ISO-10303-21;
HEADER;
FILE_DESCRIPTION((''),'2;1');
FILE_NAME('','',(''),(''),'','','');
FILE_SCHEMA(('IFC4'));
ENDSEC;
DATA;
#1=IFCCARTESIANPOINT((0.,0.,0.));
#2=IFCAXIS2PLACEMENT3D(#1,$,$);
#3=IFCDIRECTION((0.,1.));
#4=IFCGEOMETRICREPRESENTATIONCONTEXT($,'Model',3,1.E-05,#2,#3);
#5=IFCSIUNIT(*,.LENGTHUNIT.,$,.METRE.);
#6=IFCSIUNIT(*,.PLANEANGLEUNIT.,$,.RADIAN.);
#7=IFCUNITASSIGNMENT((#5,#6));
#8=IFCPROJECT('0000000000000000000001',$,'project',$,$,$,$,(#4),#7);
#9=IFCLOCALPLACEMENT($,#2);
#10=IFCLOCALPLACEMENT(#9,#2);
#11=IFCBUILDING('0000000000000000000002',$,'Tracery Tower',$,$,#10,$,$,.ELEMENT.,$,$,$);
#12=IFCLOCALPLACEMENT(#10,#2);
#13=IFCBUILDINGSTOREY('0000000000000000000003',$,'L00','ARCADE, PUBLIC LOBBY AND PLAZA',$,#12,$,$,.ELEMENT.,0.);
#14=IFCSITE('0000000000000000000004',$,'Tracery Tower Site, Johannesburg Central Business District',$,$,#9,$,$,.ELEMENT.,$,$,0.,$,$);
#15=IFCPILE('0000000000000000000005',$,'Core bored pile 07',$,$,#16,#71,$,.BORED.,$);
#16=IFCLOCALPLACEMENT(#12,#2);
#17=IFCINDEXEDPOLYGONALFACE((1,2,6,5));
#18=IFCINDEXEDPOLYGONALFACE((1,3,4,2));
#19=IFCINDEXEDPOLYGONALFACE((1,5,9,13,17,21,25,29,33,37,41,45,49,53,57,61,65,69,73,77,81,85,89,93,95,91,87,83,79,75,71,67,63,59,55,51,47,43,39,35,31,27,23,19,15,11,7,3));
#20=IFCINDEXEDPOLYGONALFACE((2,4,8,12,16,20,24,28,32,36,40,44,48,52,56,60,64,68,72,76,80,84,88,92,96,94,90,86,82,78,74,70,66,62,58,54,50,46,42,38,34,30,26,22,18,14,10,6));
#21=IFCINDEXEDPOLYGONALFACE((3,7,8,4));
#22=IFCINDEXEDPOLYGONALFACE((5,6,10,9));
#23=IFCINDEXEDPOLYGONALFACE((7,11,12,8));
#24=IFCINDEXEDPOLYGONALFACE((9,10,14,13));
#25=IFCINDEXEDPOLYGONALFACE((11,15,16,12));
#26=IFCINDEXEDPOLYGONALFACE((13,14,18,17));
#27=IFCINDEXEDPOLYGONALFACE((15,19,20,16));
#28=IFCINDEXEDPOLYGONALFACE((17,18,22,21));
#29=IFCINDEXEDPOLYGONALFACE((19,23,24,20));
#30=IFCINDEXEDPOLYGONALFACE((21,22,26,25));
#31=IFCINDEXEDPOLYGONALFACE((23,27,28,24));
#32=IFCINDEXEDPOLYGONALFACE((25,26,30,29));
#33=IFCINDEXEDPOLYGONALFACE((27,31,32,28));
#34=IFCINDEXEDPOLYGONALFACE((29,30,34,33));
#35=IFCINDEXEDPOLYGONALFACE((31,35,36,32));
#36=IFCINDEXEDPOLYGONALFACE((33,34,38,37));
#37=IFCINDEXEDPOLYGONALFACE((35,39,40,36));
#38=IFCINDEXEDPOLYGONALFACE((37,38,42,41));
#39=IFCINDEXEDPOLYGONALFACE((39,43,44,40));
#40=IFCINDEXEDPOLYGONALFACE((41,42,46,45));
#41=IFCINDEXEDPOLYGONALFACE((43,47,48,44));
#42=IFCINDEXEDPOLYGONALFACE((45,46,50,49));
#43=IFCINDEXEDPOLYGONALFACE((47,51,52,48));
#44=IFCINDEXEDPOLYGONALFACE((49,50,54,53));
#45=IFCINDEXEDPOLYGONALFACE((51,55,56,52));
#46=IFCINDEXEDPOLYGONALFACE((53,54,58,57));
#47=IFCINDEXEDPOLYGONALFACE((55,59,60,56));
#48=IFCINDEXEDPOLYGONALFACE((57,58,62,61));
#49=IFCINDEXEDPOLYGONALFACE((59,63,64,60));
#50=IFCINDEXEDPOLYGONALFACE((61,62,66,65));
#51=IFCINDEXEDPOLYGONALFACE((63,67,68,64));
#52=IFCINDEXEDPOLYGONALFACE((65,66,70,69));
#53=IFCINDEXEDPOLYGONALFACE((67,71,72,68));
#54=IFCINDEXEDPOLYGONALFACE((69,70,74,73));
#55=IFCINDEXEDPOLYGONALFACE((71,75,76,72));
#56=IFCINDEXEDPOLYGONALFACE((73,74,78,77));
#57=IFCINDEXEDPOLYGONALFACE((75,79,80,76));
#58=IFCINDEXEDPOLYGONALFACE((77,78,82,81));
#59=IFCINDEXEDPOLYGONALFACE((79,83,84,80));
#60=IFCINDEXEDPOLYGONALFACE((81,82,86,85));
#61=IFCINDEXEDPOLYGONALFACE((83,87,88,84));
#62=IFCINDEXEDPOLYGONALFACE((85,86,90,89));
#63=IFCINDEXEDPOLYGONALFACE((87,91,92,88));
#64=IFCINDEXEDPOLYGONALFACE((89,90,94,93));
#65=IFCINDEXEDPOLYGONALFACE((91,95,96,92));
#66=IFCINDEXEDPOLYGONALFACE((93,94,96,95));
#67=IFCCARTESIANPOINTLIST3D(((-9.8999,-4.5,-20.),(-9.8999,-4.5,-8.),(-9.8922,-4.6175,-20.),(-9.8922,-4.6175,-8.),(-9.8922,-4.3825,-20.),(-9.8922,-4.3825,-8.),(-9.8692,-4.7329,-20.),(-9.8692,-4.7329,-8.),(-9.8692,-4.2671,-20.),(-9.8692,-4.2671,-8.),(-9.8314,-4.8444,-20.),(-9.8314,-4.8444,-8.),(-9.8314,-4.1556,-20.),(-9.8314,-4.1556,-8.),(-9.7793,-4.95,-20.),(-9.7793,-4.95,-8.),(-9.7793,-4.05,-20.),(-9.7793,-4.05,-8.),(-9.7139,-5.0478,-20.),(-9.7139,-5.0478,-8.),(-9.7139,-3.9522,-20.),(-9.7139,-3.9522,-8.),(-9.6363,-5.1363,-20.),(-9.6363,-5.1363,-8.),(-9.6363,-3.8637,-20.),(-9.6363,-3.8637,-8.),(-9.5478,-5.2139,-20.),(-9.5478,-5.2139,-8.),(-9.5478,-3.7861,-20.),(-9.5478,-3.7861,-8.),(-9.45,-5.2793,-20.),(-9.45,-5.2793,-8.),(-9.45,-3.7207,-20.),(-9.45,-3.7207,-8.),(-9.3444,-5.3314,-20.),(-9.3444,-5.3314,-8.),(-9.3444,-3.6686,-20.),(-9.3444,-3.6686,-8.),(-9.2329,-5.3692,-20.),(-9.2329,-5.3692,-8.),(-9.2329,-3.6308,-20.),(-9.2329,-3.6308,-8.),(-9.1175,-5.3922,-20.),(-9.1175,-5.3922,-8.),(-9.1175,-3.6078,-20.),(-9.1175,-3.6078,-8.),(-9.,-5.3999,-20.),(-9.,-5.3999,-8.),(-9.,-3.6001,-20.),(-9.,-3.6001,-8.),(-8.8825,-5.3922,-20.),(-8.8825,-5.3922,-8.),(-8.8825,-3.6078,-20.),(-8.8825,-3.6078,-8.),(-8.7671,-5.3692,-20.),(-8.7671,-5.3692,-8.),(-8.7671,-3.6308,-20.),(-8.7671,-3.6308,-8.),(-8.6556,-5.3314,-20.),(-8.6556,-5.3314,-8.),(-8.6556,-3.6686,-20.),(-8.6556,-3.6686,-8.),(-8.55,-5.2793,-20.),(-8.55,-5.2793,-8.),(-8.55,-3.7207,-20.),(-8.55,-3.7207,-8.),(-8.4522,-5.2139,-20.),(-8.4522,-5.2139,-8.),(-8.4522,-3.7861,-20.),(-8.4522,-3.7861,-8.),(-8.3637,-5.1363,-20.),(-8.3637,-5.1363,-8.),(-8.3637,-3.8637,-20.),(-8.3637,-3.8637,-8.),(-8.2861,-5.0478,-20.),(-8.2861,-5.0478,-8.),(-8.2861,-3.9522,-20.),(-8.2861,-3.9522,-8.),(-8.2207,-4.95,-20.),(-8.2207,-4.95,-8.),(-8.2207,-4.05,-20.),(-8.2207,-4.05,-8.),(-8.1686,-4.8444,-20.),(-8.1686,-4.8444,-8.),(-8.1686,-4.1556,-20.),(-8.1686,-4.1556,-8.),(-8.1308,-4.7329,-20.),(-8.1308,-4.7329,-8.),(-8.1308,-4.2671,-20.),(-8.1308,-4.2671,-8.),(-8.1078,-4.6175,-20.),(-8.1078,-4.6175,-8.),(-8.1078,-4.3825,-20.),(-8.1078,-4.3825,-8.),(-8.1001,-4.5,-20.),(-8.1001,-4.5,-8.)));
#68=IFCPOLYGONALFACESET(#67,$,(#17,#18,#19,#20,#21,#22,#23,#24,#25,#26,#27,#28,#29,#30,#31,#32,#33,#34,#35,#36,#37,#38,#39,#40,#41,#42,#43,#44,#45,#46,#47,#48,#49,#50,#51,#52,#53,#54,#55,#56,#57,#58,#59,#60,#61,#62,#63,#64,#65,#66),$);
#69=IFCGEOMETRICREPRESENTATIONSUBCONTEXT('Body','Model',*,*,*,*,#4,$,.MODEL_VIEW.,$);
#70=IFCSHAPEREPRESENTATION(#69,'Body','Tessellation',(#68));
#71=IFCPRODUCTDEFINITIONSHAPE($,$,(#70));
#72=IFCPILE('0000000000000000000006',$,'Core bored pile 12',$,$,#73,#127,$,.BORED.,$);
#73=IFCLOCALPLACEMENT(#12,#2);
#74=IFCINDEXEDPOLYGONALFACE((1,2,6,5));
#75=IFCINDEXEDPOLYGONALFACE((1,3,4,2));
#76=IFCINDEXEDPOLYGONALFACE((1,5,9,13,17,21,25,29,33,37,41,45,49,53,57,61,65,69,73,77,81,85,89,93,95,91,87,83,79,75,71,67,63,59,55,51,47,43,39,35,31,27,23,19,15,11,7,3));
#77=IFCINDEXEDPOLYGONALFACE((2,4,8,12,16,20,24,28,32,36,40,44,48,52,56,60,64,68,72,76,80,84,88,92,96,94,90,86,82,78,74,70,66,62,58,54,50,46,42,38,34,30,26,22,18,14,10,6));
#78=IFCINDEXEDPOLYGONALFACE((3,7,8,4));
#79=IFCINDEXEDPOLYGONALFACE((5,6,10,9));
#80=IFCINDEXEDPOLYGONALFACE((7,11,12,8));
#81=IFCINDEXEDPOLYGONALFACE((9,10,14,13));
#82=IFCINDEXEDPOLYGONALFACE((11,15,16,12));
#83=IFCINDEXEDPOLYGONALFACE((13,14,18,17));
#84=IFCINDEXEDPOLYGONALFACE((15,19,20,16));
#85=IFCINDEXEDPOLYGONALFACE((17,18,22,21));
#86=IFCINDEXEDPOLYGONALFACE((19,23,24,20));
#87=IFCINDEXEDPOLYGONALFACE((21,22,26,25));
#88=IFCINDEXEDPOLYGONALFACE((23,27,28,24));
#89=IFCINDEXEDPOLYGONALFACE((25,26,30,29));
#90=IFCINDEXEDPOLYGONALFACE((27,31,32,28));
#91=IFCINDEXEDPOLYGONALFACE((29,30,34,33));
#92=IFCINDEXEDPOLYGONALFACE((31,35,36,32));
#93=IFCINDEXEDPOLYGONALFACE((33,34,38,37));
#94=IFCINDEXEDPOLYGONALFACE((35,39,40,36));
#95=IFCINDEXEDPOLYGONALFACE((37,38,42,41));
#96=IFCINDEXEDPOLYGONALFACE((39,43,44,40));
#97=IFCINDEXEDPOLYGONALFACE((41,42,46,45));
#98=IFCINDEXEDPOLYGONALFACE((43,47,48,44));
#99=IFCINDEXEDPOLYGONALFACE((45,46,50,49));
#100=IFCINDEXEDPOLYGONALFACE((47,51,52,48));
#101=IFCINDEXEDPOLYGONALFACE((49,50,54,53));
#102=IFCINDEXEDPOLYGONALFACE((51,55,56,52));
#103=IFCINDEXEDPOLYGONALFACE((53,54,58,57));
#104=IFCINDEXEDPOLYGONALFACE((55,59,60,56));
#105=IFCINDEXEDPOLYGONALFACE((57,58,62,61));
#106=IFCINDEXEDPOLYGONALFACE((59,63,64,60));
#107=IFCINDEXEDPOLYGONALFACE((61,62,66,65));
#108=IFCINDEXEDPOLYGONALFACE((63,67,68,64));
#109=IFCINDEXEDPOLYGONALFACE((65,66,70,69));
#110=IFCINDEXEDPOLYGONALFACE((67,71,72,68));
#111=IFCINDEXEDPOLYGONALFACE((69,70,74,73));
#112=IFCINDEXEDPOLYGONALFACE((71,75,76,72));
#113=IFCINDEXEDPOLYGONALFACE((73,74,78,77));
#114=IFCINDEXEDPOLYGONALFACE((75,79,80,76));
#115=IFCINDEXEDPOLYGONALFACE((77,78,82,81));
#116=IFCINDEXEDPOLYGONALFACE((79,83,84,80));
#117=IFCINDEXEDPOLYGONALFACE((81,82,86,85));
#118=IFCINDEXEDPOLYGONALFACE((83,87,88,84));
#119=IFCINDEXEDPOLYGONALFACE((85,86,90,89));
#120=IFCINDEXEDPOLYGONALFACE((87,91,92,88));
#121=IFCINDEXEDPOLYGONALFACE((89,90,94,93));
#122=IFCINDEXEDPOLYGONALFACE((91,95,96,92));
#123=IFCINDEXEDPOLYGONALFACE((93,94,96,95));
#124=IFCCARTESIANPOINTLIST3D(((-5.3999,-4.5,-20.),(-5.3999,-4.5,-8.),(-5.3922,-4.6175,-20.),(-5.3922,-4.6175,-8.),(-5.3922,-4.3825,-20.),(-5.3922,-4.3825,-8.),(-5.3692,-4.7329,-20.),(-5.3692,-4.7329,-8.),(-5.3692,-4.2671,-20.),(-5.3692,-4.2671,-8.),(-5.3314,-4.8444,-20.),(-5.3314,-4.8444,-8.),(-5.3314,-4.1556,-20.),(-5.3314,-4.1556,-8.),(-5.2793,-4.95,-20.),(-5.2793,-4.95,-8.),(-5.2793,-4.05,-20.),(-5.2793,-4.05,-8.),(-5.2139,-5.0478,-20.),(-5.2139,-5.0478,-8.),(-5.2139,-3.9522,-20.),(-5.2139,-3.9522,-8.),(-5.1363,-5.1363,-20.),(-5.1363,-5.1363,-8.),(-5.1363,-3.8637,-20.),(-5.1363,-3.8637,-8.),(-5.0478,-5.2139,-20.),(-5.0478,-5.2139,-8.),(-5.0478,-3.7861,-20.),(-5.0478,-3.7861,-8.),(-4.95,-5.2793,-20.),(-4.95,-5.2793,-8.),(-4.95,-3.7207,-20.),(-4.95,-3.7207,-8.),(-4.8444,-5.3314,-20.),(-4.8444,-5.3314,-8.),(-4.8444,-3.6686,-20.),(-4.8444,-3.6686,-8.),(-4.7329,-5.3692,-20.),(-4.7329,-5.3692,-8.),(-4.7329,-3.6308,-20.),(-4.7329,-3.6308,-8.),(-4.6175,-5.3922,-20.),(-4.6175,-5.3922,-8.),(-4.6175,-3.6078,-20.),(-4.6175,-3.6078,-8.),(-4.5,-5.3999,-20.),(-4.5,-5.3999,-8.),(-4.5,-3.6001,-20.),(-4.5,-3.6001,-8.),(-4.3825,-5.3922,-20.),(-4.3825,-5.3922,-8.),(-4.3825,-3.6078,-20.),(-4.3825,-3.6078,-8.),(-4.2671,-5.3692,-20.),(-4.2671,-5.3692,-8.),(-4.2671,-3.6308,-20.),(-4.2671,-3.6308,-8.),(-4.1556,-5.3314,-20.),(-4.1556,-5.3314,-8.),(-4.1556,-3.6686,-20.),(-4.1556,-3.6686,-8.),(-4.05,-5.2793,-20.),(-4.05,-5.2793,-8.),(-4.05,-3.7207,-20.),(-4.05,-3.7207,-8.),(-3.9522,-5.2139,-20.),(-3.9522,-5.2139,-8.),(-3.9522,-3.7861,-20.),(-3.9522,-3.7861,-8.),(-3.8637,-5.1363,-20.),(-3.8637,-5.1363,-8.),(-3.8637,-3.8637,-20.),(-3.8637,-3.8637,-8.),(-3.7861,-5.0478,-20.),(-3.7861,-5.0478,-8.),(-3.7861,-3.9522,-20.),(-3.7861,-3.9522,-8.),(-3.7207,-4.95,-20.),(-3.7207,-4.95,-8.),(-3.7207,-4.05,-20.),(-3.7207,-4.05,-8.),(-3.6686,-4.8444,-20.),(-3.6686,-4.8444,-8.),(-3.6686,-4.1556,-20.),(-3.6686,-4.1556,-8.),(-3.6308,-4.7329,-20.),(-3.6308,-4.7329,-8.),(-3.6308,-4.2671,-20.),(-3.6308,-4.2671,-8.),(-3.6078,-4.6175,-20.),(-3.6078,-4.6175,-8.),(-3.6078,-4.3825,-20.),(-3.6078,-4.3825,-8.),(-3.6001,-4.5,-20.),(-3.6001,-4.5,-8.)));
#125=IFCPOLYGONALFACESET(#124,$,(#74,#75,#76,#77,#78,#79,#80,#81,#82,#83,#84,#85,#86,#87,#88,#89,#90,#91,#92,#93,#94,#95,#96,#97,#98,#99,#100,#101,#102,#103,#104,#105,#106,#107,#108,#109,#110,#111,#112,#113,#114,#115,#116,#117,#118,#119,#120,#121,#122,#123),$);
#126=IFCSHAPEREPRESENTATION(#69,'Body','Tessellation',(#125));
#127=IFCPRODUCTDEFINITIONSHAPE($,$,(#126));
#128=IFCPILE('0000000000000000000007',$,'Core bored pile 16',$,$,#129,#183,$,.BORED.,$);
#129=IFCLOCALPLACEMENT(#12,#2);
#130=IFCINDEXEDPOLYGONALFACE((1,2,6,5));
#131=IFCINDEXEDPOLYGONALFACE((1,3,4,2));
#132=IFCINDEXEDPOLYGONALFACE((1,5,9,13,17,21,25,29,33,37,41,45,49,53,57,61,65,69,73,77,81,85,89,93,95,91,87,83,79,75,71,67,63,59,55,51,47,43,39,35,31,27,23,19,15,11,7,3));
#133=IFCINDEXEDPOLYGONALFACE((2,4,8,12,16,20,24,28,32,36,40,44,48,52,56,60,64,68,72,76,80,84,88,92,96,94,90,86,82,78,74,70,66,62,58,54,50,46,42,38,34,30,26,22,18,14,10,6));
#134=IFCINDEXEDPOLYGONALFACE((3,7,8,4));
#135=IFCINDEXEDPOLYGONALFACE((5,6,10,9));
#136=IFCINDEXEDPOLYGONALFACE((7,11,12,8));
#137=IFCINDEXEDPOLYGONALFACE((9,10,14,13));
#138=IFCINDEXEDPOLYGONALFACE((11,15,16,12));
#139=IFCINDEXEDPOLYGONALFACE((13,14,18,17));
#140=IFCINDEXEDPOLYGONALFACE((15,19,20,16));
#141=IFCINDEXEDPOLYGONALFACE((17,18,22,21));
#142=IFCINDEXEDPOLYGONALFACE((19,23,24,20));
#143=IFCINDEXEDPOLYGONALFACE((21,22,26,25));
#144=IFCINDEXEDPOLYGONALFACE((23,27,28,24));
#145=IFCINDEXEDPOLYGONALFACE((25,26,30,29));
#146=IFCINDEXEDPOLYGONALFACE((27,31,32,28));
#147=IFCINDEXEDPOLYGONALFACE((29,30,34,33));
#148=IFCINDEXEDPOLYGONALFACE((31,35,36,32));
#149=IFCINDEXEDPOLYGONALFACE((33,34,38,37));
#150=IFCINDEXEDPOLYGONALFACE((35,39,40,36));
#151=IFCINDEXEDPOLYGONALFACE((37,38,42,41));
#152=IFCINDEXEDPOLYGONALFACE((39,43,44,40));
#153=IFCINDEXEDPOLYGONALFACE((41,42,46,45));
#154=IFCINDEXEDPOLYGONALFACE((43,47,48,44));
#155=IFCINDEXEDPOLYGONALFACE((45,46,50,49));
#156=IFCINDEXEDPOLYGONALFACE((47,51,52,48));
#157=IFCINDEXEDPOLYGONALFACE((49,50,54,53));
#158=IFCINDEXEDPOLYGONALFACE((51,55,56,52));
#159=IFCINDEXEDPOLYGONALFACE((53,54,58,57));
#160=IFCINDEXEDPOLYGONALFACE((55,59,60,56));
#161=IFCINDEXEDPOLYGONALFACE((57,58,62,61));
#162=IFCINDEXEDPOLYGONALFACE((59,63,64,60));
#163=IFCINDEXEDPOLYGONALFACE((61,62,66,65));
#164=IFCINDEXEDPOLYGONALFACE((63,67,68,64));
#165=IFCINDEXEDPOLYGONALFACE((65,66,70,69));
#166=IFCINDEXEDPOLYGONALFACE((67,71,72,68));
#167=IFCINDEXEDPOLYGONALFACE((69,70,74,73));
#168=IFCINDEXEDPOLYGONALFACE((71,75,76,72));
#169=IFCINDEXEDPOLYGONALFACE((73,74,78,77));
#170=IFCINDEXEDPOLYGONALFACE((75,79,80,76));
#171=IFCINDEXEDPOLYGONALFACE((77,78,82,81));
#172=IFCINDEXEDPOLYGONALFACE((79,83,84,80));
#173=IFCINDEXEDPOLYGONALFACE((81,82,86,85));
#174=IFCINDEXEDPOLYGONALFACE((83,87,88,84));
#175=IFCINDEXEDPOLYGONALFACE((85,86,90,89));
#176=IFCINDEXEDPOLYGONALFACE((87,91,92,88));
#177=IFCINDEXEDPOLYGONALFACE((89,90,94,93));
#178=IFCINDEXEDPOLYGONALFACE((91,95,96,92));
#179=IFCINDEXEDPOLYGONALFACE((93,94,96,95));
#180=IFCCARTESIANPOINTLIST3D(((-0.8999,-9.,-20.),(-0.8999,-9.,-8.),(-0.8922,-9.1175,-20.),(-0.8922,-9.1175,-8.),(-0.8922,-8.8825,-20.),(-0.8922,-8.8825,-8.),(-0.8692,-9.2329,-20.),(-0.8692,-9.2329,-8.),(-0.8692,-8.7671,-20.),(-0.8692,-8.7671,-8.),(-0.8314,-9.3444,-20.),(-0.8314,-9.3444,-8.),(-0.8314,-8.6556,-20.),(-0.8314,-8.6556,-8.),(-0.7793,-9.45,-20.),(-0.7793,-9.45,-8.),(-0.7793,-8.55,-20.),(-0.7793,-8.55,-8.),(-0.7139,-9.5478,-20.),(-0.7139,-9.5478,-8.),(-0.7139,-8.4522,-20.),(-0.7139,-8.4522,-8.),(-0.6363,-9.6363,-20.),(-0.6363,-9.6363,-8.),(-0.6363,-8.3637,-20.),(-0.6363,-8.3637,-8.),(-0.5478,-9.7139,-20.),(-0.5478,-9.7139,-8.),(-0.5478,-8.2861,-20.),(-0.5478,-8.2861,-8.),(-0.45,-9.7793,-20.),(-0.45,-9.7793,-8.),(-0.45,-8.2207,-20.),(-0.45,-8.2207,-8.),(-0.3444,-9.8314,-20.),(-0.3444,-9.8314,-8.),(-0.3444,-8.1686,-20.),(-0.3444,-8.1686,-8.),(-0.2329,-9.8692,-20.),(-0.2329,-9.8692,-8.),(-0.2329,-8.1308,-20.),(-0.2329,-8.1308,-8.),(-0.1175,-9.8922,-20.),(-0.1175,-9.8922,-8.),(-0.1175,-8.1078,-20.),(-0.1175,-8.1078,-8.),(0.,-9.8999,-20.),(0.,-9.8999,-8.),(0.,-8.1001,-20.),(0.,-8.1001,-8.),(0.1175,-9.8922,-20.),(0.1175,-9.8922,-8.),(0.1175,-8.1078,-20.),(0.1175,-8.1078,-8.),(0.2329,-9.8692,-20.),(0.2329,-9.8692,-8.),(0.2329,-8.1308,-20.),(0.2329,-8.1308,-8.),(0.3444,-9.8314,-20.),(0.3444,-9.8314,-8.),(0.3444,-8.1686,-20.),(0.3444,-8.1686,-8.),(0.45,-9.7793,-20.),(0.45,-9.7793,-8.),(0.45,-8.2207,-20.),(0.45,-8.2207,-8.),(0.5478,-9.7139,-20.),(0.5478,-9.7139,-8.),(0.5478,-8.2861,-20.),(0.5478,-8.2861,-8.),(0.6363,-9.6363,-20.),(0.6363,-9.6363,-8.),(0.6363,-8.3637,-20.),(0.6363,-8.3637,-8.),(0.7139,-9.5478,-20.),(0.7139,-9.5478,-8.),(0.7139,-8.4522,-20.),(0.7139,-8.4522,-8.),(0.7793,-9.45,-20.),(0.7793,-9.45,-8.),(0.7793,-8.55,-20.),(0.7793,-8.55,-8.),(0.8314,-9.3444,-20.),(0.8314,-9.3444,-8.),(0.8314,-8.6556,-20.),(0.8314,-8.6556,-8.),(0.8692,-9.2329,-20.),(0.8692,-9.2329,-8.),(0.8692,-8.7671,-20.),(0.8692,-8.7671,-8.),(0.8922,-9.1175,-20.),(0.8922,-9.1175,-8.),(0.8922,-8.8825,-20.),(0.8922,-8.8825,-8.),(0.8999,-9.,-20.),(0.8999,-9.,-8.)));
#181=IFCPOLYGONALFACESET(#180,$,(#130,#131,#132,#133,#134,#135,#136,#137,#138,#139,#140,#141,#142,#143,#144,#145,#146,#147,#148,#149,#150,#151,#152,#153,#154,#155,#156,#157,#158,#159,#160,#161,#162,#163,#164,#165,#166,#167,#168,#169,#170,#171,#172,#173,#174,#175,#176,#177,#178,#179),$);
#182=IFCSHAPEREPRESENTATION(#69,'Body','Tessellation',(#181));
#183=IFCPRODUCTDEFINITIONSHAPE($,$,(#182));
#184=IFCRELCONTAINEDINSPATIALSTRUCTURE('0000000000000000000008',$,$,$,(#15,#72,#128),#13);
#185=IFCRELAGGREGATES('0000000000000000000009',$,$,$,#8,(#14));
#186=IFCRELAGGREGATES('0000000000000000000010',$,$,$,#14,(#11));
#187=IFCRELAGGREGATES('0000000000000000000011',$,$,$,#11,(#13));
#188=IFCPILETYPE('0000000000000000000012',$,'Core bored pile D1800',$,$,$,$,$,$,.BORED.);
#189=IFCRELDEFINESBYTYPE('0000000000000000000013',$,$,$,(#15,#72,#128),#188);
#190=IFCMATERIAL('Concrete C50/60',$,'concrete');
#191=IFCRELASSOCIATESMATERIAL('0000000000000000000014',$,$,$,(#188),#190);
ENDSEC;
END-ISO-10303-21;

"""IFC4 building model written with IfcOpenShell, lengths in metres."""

from ifc_helpers import new_model, si_unit, direction, frame, origin, origin_2d, place, context, subcontext, project, spatial, circle, extrude, material, material_profile, profile_set, type_object, element, save


model = new_model("IFC4")

# Units and contexts
model_context = context("Model", 3, precision=1e-05, world=origin(), true_north=direction((0.0, 1.0)))
body_context = subcontext(model_context, "Body", "Model", "MODEL_VIEW")
ifc_project = project(units=[si_unit("LENGTHUNIT", "METRE"), si_unit("PLANEANGLEUNIT", "RADIAN")], contexts=[model_context])

# Site, building, storey
site_placement = place(None, origin())
site = spatial("IfcSite", under=ifc_project, at=site_placement, Name="Tracery Tower Site, Johannesburg Central Business District", CompositionType="ELEMENT", RefElevation=0.0)
building_placement = place(site_placement, origin())
building = spatial("IfcBuilding", under=site, at=building_placement, Name="Tracery Tower", CompositionType="ELEMENT")
storey_placement = place(building_placement, origin())
storey = spatial("IfcBuildingStorey", under=building, at=storey_placement, Name="L00", Description="ARCADE, PUBLIC LOBBY AND PLAZA", CompositionType="ELEMENT", Elevation=0.0)

# Piles
ifc_material_1 = material(Name="Concrete C50/60", Category="concrete")
ifc_material_profile = material_profile(ifc_material_1, circle(Radius=0.8999, at=origin_2d()), Name="RC D1800")
ifc_profile_set = profile_set([ifc_material_profile], Name="Concrete C50/60")
pile_type = type_object("IfcPileType", Name="Core bored pile D1800", PredefinedType="BORED", material=ifc_profile_set)
for number, where, z_axis, x_axis, name in (
    (1, (-9.0, -4.5, -8.0), (0.0, 0.0, -1.0), (1.0, 0.0, 0.0), "Core bored pile 07"),
    (2, (-4.5, -4.5, -8.0), (0.0, 0.0, -1.0), (1.0, 0.0, 0.0), "Core bored pile 12"),
    (3, (0.0, -9.0, -8.0), (0.0, 0.0, -1.0), (1.0, 0.0, 0.0), "Core bored pile 16"),
):
    element("IfcPile", number, at=place(storey_placement, frame(where, z_axis=z_axis, x_axis=x_axis)), inside=storey, type_object=pile_type, Name=name, PredefinedType="BORED", context=body_context, shape_type="SweptSolid", body=[
        extrude(circle(Radius=0.8999, at=origin_2d()), origin(), (0.0, 0.0, 1.0), 12.0),
    ])

save(model, "model.ifc")
